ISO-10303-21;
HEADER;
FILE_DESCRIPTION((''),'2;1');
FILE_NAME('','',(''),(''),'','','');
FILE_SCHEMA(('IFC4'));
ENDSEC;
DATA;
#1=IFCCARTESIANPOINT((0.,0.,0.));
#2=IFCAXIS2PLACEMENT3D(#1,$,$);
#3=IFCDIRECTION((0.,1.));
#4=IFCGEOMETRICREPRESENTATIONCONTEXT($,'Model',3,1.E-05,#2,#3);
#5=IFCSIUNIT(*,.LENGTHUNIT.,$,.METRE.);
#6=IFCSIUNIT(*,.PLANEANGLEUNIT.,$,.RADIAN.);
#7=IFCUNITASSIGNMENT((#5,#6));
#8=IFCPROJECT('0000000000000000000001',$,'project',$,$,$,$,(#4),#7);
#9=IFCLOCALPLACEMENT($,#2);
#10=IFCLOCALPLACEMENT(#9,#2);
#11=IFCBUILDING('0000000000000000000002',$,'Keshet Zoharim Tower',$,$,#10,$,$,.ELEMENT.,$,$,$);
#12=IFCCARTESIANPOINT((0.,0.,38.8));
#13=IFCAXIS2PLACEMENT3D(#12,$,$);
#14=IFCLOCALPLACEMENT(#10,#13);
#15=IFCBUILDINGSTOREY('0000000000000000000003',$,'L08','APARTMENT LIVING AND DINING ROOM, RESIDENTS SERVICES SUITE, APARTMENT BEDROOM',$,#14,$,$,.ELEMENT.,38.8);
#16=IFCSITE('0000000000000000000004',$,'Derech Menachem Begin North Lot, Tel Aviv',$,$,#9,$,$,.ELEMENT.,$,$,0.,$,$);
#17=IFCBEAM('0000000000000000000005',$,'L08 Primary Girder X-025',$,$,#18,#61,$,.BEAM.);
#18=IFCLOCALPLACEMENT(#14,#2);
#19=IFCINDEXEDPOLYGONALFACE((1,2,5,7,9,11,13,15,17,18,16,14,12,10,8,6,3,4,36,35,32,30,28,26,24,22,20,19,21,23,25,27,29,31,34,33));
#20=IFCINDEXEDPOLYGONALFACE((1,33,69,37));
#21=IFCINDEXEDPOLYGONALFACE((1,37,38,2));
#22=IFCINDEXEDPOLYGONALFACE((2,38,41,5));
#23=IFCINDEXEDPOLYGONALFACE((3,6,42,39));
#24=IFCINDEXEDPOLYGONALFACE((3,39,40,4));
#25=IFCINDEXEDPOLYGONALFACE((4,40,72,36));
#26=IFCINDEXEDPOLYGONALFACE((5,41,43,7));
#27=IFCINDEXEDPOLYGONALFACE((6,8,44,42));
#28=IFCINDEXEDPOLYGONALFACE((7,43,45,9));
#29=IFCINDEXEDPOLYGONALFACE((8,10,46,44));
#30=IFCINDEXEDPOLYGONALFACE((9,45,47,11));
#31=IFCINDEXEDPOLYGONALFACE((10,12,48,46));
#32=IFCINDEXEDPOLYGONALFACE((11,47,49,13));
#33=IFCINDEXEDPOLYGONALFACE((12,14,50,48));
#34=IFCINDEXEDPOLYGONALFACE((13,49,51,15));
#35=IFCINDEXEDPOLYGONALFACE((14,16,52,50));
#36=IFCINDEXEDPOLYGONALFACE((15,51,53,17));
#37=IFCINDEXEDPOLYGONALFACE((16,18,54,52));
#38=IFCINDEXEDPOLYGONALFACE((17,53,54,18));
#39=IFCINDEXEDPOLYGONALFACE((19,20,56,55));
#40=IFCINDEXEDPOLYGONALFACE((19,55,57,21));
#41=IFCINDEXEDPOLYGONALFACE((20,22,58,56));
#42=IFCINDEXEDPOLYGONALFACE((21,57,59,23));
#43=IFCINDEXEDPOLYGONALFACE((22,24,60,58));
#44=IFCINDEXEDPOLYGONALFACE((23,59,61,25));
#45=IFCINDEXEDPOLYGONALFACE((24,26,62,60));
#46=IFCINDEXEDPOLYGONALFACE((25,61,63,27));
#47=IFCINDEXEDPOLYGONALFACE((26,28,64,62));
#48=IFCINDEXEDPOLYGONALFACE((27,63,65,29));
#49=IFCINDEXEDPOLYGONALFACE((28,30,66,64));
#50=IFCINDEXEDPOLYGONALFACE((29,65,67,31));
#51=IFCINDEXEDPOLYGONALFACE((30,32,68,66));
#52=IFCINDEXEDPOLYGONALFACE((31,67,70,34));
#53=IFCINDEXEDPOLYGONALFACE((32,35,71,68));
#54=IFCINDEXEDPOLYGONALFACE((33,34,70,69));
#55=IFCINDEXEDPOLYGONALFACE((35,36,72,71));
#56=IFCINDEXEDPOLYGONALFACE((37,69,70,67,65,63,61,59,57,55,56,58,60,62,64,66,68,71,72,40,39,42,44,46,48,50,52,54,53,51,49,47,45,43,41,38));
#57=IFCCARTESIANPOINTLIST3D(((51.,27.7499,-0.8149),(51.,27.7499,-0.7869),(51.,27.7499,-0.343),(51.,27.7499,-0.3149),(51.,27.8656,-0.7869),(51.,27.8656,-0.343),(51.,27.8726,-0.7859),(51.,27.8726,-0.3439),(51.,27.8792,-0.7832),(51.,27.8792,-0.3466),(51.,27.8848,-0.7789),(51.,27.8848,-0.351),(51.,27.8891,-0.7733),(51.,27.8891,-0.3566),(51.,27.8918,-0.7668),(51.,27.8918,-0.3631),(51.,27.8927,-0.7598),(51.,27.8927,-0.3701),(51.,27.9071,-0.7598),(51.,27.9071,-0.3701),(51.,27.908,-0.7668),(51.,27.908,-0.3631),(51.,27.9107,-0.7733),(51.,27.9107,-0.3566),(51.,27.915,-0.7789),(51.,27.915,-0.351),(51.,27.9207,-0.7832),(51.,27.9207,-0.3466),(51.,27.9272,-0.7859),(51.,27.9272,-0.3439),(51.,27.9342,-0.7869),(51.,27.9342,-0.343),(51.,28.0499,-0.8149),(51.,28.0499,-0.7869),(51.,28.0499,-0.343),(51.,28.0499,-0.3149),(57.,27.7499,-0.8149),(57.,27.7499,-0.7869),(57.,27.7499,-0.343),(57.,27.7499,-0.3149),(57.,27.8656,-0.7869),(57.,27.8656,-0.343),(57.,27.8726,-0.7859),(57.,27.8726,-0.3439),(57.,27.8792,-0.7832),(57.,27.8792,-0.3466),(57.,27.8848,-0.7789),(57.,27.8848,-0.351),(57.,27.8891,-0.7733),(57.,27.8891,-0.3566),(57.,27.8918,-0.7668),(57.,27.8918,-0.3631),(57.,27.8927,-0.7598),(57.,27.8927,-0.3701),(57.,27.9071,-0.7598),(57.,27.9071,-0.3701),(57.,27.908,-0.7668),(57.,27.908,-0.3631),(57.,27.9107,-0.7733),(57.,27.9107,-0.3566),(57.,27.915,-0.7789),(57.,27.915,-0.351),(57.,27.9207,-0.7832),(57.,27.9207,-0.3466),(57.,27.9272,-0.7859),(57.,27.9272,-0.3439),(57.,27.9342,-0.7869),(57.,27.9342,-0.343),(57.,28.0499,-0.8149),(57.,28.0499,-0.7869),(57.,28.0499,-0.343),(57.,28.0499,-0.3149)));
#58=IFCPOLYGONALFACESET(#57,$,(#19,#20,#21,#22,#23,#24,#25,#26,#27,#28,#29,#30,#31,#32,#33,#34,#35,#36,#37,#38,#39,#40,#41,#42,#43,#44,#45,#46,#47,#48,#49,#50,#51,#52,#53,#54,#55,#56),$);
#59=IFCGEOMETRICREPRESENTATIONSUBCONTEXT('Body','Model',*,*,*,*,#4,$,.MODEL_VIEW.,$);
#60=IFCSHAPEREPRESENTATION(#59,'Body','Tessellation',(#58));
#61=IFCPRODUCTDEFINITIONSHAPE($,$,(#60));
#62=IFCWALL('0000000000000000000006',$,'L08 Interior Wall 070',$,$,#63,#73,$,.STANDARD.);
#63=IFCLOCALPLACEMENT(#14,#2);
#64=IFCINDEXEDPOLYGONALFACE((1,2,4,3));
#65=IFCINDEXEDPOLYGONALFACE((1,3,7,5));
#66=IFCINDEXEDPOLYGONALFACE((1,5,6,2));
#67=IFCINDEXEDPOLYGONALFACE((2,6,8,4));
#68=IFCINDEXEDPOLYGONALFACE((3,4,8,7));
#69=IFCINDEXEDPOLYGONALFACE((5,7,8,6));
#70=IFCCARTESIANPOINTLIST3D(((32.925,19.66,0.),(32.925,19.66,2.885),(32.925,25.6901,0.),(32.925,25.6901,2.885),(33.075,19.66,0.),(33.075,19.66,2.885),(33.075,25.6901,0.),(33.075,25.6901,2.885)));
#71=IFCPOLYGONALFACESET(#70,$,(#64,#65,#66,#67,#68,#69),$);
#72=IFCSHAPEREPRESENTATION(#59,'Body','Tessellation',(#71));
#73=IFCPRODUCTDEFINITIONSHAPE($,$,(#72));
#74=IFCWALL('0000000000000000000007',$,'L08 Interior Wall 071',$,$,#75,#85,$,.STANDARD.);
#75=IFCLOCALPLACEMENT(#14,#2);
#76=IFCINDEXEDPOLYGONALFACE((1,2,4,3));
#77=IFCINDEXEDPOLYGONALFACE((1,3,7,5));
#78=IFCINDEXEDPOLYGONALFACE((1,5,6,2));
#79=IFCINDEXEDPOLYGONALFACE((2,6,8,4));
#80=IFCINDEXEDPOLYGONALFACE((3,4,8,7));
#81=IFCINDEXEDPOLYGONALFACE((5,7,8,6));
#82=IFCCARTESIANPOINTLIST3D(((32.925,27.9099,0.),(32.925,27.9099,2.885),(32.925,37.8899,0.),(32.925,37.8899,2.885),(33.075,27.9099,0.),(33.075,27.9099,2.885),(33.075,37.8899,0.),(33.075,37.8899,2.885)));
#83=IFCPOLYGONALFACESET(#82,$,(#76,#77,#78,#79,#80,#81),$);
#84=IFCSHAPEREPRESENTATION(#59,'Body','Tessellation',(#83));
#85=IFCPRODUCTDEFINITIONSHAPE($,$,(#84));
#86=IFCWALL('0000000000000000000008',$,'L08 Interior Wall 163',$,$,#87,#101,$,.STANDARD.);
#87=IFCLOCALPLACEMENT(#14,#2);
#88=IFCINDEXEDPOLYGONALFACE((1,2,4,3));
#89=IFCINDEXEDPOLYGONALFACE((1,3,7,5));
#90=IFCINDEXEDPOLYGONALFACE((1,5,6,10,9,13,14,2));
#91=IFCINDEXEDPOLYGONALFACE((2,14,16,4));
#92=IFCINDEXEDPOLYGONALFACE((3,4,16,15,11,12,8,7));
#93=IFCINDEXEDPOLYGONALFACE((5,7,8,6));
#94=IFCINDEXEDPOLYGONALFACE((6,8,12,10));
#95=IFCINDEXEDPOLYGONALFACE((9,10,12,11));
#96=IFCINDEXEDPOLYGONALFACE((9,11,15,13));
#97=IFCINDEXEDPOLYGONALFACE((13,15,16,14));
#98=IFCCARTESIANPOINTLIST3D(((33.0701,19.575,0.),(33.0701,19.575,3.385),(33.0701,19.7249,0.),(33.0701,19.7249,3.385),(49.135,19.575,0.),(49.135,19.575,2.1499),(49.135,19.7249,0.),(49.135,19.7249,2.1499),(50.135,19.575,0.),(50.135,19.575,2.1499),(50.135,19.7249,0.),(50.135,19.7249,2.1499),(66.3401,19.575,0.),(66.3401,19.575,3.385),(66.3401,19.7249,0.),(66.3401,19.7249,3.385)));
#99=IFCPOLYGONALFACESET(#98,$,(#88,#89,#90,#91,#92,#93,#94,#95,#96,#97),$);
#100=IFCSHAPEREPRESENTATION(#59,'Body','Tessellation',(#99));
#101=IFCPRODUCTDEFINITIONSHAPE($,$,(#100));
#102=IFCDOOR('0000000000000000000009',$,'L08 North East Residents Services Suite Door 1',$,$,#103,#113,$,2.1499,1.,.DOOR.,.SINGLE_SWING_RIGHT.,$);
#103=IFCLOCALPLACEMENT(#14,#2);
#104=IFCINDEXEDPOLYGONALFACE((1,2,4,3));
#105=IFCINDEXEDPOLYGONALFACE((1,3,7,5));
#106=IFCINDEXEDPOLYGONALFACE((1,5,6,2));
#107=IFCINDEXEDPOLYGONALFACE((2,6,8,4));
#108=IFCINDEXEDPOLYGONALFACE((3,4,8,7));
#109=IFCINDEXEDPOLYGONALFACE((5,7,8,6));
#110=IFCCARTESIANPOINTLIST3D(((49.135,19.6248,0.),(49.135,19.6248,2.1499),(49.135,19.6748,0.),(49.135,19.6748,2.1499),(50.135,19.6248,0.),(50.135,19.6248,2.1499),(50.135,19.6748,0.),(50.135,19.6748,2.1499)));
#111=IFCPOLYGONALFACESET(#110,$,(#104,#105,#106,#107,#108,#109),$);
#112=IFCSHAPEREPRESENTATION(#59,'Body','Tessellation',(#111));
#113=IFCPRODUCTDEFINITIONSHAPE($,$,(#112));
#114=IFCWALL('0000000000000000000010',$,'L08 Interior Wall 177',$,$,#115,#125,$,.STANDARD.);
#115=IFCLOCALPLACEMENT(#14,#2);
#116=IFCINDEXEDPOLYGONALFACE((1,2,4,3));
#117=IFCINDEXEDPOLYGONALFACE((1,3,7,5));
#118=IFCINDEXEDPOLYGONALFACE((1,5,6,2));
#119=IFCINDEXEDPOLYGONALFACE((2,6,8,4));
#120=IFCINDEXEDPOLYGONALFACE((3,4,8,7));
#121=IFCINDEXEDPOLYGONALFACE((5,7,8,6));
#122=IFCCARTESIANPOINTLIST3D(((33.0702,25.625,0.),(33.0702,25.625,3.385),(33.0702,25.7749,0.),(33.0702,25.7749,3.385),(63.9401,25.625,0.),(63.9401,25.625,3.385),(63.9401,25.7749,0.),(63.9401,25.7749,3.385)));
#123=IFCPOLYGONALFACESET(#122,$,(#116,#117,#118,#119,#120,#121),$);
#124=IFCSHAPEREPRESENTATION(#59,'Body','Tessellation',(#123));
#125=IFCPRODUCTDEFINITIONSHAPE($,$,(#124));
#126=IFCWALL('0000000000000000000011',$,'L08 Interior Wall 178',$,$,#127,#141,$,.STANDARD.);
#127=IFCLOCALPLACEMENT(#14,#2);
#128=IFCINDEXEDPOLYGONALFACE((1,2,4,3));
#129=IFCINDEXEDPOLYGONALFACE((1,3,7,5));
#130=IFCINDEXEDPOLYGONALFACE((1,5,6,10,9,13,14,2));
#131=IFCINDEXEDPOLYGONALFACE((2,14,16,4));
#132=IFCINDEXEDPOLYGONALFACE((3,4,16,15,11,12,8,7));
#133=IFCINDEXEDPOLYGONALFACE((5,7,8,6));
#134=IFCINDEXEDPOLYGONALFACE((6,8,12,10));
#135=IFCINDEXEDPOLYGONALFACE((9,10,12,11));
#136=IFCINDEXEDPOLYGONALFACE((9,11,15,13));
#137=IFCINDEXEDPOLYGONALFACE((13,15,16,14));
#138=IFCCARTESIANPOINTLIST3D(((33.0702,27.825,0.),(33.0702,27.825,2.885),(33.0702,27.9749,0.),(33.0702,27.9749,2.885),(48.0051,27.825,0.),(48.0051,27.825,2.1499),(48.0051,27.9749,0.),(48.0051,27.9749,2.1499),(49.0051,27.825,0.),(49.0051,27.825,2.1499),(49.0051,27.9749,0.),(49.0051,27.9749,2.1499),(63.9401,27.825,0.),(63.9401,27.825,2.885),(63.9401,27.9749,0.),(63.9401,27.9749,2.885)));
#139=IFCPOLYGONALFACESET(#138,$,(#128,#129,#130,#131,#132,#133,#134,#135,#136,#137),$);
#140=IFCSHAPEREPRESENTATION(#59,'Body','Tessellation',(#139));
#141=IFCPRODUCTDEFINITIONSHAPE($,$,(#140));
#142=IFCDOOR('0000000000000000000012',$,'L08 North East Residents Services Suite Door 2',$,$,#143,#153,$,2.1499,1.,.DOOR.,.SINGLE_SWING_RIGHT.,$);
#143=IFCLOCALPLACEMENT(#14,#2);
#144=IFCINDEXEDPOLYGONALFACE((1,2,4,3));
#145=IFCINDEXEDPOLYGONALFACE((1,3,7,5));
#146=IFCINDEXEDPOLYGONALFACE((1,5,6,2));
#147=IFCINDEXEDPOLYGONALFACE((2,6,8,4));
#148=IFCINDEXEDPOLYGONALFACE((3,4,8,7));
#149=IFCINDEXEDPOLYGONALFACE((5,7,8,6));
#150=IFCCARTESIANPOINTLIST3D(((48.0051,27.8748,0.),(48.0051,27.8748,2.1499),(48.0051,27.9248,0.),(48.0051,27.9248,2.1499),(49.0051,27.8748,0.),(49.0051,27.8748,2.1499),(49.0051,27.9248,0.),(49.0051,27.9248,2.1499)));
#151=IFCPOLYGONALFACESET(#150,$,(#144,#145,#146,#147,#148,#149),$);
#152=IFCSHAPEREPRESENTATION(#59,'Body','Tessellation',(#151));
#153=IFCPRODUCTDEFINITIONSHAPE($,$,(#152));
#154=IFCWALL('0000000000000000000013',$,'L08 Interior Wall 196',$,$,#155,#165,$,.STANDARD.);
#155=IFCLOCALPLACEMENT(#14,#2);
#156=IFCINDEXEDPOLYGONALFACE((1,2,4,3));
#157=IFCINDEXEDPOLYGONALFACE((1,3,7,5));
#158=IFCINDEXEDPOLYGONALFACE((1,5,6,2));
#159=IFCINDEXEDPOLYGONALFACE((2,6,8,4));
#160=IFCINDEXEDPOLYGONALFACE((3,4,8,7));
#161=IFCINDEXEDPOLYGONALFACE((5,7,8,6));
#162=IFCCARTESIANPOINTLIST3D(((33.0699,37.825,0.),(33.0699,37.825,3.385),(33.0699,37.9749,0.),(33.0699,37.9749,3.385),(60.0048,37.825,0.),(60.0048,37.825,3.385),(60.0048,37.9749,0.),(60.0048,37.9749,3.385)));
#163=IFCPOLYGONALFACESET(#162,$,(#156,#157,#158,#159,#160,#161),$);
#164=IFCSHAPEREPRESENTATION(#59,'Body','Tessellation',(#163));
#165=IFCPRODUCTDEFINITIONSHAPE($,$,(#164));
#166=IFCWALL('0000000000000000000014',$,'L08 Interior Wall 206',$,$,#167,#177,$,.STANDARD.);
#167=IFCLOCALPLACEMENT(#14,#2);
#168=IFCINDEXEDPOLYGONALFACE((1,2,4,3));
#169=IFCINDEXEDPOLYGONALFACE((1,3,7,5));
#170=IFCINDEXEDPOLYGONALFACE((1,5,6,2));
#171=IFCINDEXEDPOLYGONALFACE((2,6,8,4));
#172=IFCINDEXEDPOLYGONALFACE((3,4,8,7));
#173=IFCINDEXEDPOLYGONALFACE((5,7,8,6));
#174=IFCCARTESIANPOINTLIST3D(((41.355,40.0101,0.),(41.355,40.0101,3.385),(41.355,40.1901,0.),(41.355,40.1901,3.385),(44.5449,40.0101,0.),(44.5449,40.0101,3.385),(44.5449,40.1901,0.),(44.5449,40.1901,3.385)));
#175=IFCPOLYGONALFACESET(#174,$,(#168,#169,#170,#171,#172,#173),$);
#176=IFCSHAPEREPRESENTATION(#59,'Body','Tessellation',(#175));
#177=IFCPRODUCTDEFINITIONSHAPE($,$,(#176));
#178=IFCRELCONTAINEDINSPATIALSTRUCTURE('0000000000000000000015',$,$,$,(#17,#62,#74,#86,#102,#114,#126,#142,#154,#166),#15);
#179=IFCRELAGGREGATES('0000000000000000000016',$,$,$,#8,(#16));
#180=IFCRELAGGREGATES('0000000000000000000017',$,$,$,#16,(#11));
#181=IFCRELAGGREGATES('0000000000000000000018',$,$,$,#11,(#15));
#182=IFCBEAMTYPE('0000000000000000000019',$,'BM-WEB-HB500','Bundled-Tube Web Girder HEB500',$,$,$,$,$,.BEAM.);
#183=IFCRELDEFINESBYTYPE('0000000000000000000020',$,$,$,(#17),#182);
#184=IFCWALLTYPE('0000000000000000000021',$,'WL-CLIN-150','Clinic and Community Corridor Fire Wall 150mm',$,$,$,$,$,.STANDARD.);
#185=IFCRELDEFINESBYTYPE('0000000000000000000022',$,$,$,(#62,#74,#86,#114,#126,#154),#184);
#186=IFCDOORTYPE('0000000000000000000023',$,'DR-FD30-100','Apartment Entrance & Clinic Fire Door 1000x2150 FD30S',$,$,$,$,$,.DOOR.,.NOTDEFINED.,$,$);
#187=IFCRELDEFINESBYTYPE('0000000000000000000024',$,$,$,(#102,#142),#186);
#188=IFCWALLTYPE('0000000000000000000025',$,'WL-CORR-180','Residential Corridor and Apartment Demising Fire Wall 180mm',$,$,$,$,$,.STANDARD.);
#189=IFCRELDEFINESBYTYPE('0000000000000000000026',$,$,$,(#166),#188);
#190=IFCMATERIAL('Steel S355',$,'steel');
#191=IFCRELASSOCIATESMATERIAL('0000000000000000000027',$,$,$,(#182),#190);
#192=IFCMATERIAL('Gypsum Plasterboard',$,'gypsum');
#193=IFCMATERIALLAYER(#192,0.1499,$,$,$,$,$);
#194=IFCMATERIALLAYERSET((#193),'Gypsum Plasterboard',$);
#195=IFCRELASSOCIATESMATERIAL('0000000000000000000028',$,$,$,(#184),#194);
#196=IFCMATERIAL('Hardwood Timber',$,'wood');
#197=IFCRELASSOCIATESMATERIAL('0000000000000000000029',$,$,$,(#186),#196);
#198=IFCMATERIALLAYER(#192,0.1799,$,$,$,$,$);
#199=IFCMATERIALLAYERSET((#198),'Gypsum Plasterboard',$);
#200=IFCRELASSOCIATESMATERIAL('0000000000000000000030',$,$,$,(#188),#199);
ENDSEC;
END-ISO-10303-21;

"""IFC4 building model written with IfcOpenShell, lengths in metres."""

from ifc_helpers import new_model, si_unit, direction, frame, frame_2d, origin, origin_2d, place, context, subcontext, project, spatial, rectangle, i_section, extrude, material, layer, layer_set, material_profile, profile_set, type_object, element, fill, save


model = new_model("IFC4")

# Units and contexts
model_context = context("Model", 3, precision=1e-05, world=origin(), true_north=direction((0.0, 1.0)))
body_context = subcontext(model_context, "Body", "Model", "MODEL_VIEW")
ifc_project = project(units=[si_unit("LENGTHUNIT", "METRE"), si_unit("PLANEANGLEUNIT", "RADIAN")], contexts=[model_context])

# Site, building, storey
site_placement = place(None, origin())
site = spatial("IfcSite", under=ifc_project, at=site_placement, Name="Derech Menachem Begin North Lot, Tel Aviv", CompositionType="ELEMENT", RefElevation=0.0)
building_placement = place(site_placement, origin())
building = spatial("IfcBuilding", under=site, at=building_placement, Name="Keshet Zoharim Tower", CompositionType="ELEMENT")
storey_placement = place(building_placement, frame((0.0, 0.0, 38.8)))
storey = spatial("IfcBuildingStorey", under=building, at=storey_placement, Name="L08", Description="APARTMENT LIVING AND DINING ROOM, RESIDENTS SERVICES SUITE, APARTMENT BEDROOM", CompositionType="ELEMENT", Elevation=38.8)

# Beam
ifc_material_1 = material(Name="Steel S355", Category="steel")
ifc_material_profile_1 = material_profile(ifc_material_1, i_section(OverallWidth=0.3, OverallDepth=0.5, WebThickness=0.0144, FlangeThickness=0.0281, FilletRadius=0.0271, at=origin_2d()), Name="HEB500")
ifc_profile_set_1 = profile_set([ifc_material_profile_1], Name="Steel S355")
beam_type_1 = type_object("IfcBeamType", Name="BM-WEB-HB500", Description="Bundled-Tube Web Girder HEB500", PredefinedType="BEAM", material=ifc_profile_set_1)
for number, where, z_axis, x_axis, name in (
    (1, (51.0, 27.8999, -0.5649), (1.0, 0.0, 0.0), (0.0, 1.0, 0.0), "L08 Primary Girder X-025"),
):
    element("IfcBeam", number, at=place(storey_placement, frame(where, z_axis=z_axis, x_axis=x_axis)), inside=storey, type_object=beam_type_1, Name=name, PredefinedType="BEAM", context=body_context, shape_type="SweptSolid", body=[
        extrude(i_section(OverallWidth=0.3, OverallDepth=0.5, WebThickness=0.0144, FlangeThickness=0.0281, FilletRadius=0.0271, at=origin_2d()), origin(), (0.0, 0.0, 1.0), 6.0),
    ])

# Walls
ifc_material_2 = material(Name="Gypsum Plasterboard", Category="gypsum")
ifc_layer_1 = layer(ifc_material_2, 0.1499)
ifc_layer_set_1 = layer_set([ifc_layer_1], Name="Gypsum Plasterboard")
wall_type_1 = type_object("IfcWallType", Name="WL-CLIN-150", Description="Clinic and Community Corridor Fire Wall 150mm", PredefinedType="STANDARD", material=ifc_layer_set_1)
wall_1_placement = place(storey_placement, frame((33.0, 19.6599, 0.0), z_axis=(0.0, 0.0, 1.0), x_axis=(0.0, 1.0, 0.0)))
element("IfcWall", 2, at=wall_1_placement, inside=storey, type_object=wall_type_1, Name="L08 Interior Wall 070", PredefinedType="STANDARD", context=body_context, shape_type="SweptSolid", body=[
    extrude(rectangle(XDim=6.03, YDim=0.1499, at=frame_2d((3.0151, 0.0))), origin(), (0.0, 0.0, 1.0), 2.885),
])
wall_2_placement = place(storey_placement, frame((33.0, 27.9099, 0.0), z_axis=(0.0, 0.0, 1.0), x_axis=(0.0, 1.0, 0.0)))
element("IfcWall", 3, at=wall_2_placement, inside=storey, type_object=wall_type_1, Name="L08 Interior Wall 071", PredefinedType="STANDARD", context=body_context, shape_type="SweptSolid", body=[
    extrude(rectangle(XDim=9.98, YDim=0.1499, at=frame_2d((4.99, 0.0))), origin(), (0.0, 0.0, 1.0), 2.885),
])

# Wall, opening, door
wall_3_placement = place(storey_placement, frame((33.0701, 19.6499, 0.0), z_axis=(0.0, 0.0, 1.0), x_axis=(1.0, 0.0, 0.0)))
wall_3 = element("IfcWall", 4, at=wall_3_placement, inside=storey, type_object=wall_type_1, Name="L08 Interior Wall 163", PredefinedType="STANDARD", context=body_context, shape_type="SweptSolid", body=[
    extrude(rectangle(XDim=33.27, YDim=0.1499, at=frame_2d((16.635, 0.0))), origin(), (0.0, 0.0, 1.0), 3.385),
])
opening_1_placement = place(wall_3_placement, frame((16.0649, 0.0, 0.0)))
opening_1 = element("IfcOpeningElement", 5, at=opening_1_placement, cuts=wall_3, PredefinedType="OPENING", context=body_context, shape_type="SweptSolid", body=[
    extrude(rectangle(XDim=1.0, YDim=2.1499, at=frame_2d((0.5, 1.075))), frame((0.0, 0.085, 0.0), z_axis=(0.0, -1.0, 0.0), x_axis=(1.0, 0.0, 0.0)), (0.0, 0.0, 1.0), 0.1699),
])
ifc_material_3 = material(Name="Hardwood Timber", Category="wood")
door_type = type_object("IfcDoorType", Name="DR-FD30-100", Description="Apartment Entrance & Clinic Fire Door 1000x2150 FD30S", OperationType="NOTDEFINED", PredefinedType="DOOR", material=ifc_material_3)
door_1_placement = place(opening_1_placement, origin())
door_1 = element("IfcDoor", 6, at=door_1_placement, inside=storey, type_object=door_type, Name="L08 North East Residents Services Suite Door 1", OperationType="SINGLE_SWING_RIGHT", OverallHeight=2.1499, OverallWidth=1.0, PredefinedType="DOOR", context=body_context, shape_type="SweptSolid", body=[
    extrude(rectangle(XDim=1.0, YDim=2.1499, at=frame_2d((0.5, 1.075))), frame((0.0, 0.0249, 0.0), z_axis=(0.0, -1.0, 0.0), x_axis=(1.0, 0.0, 0.0)), (0.0, 0.0, 1.0), 0.05),
])
fill(opening_1, door_1)

# Wall
wall_4_placement = place(storey_placement, frame((33.0701, 25.7, 0.0), z_axis=(0.0, 0.0, 1.0), x_axis=(1.0, 0.0, 0.0)))
element("IfcWall", 7, at=wall_4_placement, inside=storey, type_object=wall_type_1, Name="L08 Interior Wall 177", PredefinedType="STANDARD", context=body_context, shape_type="SweptSolid", body=[
    extrude(rectangle(XDim=30.8699, YDim=0.1499, at=frame_2d((15.4351, 0.0))), origin(), (0.0, 0.0, 1.0), 3.385),
])

# Wall, opening, door
wall_5_placement = place(storey_placement, frame((33.0701, 27.8999, 0.0), z_axis=(0.0, 0.0, 1.0), x_axis=(1.0, 0.0, 0.0)))
wall_5 = element("IfcWall", 8, at=wall_5_placement, inside=storey, type_object=wall_type_1, Name="L08 Interior Wall 178", PredefinedType="STANDARD", context=body_context, shape_type="SweptSolid", body=[
    extrude(rectangle(XDim=30.8699, YDim=0.1499, at=frame_2d((15.4351, 0.0))), origin(), (0.0, 0.0, 1.0), 2.885),
])
opening_2_placement = place(wall_5_placement, frame((14.9351, 0.0, 0.0)))
opening_2 = element("IfcOpeningElement", 9, at=opening_2_placement, cuts=wall_5, PredefinedType="OPENING", context=body_context, shape_type="SweptSolid", body=[
    extrude(rectangle(XDim=1.0, YDim=2.1499, at=frame_2d((0.5, 1.075))), frame((0.0, 0.085, 0.0), z_axis=(0.0, -1.0, 0.0), x_axis=(1.0, 0.0, 0.0)), (0.0, 0.0, 1.0), 0.1699),
])
door_2_placement = place(opening_2_placement, origin())
door_2 = element("IfcDoor", 10, at=door_2_placement, inside=storey, type_object=door_type, Name="L08 North East Residents Services Suite Door 2", OperationType="SINGLE_SWING_RIGHT", OverallHeight=2.1499, OverallWidth=1.0, PredefinedType="DOOR", context=body_context, shape_type="SweptSolid", body=[
    extrude(rectangle(XDim=1.0, YDim=2.1499, at=frame_2d((0.5, 1.075))), frame((0.0, 0.0249, 0.0), z_axis=(0.0, -1.0, 0.0), x_axis=(1.0, 0.0, 0.0)), (0.0, 0.0, 1.0), 0.05),
])
fill(opening_2, door_2)

# Wall
wall_6_placement = place(storey_placement, frame((33.0701, 37.8999, 0.0), z_axis=(0.0, 0.0, 1.0), x_axis=(1.0, 0.0, 0.0)))
element("IfcWall", 11, at=wall_6_placement, inside=storey, type_object=wall_type_1, Name="L08 Interior Wall 196", PredefinedType="STANDARD", context=body_context, shape_type="SweptSolid", body=[
    extrude(rectangle(XDim=26.9348, YDim=0.1499, at=frame_2d((13.4673, 0.0))), origin(), (0.0, 0.0, 1.0), 3.385),
])

# Shared definitions
ifc_layer_2 = layer(ifc_material_2, 0.1799)
ifc_layer_set_2 = layer_set([ifc_layer_2], Name="Gypsum Plasterboard")
wall_type_2 = type_object("IfcWallType", Name="WL-CORR-180", Description="Residential Corridor and Apartment Demising Fire Wall 180mm", PredefinedType="STANDARD", material=ifc_layer_set_2)

# Wall
wall_7_placement = place(storey_placement, frame((41.355, 40.1001, 0.0), z_axis=(0.0, 0.0, 1.0), x_axis=(1.0, 0.0, 0.0)))
element("IfcWall", 12, at=wall_7_placement, inside=storey, type_object=wall_type_2, Name="L08 Interior Wall 206", PredefinedType="STANDARD", context=body_context, shape_type="SweptSolid", body=[
    extrude(rectangle(XDim=3.1899, YDim=0.1799, at=frame_2d((1.595, 0.0))), origin(), (0.0, 0.0, 1.0), 3.385),
])

save(model, "model.ifc")
